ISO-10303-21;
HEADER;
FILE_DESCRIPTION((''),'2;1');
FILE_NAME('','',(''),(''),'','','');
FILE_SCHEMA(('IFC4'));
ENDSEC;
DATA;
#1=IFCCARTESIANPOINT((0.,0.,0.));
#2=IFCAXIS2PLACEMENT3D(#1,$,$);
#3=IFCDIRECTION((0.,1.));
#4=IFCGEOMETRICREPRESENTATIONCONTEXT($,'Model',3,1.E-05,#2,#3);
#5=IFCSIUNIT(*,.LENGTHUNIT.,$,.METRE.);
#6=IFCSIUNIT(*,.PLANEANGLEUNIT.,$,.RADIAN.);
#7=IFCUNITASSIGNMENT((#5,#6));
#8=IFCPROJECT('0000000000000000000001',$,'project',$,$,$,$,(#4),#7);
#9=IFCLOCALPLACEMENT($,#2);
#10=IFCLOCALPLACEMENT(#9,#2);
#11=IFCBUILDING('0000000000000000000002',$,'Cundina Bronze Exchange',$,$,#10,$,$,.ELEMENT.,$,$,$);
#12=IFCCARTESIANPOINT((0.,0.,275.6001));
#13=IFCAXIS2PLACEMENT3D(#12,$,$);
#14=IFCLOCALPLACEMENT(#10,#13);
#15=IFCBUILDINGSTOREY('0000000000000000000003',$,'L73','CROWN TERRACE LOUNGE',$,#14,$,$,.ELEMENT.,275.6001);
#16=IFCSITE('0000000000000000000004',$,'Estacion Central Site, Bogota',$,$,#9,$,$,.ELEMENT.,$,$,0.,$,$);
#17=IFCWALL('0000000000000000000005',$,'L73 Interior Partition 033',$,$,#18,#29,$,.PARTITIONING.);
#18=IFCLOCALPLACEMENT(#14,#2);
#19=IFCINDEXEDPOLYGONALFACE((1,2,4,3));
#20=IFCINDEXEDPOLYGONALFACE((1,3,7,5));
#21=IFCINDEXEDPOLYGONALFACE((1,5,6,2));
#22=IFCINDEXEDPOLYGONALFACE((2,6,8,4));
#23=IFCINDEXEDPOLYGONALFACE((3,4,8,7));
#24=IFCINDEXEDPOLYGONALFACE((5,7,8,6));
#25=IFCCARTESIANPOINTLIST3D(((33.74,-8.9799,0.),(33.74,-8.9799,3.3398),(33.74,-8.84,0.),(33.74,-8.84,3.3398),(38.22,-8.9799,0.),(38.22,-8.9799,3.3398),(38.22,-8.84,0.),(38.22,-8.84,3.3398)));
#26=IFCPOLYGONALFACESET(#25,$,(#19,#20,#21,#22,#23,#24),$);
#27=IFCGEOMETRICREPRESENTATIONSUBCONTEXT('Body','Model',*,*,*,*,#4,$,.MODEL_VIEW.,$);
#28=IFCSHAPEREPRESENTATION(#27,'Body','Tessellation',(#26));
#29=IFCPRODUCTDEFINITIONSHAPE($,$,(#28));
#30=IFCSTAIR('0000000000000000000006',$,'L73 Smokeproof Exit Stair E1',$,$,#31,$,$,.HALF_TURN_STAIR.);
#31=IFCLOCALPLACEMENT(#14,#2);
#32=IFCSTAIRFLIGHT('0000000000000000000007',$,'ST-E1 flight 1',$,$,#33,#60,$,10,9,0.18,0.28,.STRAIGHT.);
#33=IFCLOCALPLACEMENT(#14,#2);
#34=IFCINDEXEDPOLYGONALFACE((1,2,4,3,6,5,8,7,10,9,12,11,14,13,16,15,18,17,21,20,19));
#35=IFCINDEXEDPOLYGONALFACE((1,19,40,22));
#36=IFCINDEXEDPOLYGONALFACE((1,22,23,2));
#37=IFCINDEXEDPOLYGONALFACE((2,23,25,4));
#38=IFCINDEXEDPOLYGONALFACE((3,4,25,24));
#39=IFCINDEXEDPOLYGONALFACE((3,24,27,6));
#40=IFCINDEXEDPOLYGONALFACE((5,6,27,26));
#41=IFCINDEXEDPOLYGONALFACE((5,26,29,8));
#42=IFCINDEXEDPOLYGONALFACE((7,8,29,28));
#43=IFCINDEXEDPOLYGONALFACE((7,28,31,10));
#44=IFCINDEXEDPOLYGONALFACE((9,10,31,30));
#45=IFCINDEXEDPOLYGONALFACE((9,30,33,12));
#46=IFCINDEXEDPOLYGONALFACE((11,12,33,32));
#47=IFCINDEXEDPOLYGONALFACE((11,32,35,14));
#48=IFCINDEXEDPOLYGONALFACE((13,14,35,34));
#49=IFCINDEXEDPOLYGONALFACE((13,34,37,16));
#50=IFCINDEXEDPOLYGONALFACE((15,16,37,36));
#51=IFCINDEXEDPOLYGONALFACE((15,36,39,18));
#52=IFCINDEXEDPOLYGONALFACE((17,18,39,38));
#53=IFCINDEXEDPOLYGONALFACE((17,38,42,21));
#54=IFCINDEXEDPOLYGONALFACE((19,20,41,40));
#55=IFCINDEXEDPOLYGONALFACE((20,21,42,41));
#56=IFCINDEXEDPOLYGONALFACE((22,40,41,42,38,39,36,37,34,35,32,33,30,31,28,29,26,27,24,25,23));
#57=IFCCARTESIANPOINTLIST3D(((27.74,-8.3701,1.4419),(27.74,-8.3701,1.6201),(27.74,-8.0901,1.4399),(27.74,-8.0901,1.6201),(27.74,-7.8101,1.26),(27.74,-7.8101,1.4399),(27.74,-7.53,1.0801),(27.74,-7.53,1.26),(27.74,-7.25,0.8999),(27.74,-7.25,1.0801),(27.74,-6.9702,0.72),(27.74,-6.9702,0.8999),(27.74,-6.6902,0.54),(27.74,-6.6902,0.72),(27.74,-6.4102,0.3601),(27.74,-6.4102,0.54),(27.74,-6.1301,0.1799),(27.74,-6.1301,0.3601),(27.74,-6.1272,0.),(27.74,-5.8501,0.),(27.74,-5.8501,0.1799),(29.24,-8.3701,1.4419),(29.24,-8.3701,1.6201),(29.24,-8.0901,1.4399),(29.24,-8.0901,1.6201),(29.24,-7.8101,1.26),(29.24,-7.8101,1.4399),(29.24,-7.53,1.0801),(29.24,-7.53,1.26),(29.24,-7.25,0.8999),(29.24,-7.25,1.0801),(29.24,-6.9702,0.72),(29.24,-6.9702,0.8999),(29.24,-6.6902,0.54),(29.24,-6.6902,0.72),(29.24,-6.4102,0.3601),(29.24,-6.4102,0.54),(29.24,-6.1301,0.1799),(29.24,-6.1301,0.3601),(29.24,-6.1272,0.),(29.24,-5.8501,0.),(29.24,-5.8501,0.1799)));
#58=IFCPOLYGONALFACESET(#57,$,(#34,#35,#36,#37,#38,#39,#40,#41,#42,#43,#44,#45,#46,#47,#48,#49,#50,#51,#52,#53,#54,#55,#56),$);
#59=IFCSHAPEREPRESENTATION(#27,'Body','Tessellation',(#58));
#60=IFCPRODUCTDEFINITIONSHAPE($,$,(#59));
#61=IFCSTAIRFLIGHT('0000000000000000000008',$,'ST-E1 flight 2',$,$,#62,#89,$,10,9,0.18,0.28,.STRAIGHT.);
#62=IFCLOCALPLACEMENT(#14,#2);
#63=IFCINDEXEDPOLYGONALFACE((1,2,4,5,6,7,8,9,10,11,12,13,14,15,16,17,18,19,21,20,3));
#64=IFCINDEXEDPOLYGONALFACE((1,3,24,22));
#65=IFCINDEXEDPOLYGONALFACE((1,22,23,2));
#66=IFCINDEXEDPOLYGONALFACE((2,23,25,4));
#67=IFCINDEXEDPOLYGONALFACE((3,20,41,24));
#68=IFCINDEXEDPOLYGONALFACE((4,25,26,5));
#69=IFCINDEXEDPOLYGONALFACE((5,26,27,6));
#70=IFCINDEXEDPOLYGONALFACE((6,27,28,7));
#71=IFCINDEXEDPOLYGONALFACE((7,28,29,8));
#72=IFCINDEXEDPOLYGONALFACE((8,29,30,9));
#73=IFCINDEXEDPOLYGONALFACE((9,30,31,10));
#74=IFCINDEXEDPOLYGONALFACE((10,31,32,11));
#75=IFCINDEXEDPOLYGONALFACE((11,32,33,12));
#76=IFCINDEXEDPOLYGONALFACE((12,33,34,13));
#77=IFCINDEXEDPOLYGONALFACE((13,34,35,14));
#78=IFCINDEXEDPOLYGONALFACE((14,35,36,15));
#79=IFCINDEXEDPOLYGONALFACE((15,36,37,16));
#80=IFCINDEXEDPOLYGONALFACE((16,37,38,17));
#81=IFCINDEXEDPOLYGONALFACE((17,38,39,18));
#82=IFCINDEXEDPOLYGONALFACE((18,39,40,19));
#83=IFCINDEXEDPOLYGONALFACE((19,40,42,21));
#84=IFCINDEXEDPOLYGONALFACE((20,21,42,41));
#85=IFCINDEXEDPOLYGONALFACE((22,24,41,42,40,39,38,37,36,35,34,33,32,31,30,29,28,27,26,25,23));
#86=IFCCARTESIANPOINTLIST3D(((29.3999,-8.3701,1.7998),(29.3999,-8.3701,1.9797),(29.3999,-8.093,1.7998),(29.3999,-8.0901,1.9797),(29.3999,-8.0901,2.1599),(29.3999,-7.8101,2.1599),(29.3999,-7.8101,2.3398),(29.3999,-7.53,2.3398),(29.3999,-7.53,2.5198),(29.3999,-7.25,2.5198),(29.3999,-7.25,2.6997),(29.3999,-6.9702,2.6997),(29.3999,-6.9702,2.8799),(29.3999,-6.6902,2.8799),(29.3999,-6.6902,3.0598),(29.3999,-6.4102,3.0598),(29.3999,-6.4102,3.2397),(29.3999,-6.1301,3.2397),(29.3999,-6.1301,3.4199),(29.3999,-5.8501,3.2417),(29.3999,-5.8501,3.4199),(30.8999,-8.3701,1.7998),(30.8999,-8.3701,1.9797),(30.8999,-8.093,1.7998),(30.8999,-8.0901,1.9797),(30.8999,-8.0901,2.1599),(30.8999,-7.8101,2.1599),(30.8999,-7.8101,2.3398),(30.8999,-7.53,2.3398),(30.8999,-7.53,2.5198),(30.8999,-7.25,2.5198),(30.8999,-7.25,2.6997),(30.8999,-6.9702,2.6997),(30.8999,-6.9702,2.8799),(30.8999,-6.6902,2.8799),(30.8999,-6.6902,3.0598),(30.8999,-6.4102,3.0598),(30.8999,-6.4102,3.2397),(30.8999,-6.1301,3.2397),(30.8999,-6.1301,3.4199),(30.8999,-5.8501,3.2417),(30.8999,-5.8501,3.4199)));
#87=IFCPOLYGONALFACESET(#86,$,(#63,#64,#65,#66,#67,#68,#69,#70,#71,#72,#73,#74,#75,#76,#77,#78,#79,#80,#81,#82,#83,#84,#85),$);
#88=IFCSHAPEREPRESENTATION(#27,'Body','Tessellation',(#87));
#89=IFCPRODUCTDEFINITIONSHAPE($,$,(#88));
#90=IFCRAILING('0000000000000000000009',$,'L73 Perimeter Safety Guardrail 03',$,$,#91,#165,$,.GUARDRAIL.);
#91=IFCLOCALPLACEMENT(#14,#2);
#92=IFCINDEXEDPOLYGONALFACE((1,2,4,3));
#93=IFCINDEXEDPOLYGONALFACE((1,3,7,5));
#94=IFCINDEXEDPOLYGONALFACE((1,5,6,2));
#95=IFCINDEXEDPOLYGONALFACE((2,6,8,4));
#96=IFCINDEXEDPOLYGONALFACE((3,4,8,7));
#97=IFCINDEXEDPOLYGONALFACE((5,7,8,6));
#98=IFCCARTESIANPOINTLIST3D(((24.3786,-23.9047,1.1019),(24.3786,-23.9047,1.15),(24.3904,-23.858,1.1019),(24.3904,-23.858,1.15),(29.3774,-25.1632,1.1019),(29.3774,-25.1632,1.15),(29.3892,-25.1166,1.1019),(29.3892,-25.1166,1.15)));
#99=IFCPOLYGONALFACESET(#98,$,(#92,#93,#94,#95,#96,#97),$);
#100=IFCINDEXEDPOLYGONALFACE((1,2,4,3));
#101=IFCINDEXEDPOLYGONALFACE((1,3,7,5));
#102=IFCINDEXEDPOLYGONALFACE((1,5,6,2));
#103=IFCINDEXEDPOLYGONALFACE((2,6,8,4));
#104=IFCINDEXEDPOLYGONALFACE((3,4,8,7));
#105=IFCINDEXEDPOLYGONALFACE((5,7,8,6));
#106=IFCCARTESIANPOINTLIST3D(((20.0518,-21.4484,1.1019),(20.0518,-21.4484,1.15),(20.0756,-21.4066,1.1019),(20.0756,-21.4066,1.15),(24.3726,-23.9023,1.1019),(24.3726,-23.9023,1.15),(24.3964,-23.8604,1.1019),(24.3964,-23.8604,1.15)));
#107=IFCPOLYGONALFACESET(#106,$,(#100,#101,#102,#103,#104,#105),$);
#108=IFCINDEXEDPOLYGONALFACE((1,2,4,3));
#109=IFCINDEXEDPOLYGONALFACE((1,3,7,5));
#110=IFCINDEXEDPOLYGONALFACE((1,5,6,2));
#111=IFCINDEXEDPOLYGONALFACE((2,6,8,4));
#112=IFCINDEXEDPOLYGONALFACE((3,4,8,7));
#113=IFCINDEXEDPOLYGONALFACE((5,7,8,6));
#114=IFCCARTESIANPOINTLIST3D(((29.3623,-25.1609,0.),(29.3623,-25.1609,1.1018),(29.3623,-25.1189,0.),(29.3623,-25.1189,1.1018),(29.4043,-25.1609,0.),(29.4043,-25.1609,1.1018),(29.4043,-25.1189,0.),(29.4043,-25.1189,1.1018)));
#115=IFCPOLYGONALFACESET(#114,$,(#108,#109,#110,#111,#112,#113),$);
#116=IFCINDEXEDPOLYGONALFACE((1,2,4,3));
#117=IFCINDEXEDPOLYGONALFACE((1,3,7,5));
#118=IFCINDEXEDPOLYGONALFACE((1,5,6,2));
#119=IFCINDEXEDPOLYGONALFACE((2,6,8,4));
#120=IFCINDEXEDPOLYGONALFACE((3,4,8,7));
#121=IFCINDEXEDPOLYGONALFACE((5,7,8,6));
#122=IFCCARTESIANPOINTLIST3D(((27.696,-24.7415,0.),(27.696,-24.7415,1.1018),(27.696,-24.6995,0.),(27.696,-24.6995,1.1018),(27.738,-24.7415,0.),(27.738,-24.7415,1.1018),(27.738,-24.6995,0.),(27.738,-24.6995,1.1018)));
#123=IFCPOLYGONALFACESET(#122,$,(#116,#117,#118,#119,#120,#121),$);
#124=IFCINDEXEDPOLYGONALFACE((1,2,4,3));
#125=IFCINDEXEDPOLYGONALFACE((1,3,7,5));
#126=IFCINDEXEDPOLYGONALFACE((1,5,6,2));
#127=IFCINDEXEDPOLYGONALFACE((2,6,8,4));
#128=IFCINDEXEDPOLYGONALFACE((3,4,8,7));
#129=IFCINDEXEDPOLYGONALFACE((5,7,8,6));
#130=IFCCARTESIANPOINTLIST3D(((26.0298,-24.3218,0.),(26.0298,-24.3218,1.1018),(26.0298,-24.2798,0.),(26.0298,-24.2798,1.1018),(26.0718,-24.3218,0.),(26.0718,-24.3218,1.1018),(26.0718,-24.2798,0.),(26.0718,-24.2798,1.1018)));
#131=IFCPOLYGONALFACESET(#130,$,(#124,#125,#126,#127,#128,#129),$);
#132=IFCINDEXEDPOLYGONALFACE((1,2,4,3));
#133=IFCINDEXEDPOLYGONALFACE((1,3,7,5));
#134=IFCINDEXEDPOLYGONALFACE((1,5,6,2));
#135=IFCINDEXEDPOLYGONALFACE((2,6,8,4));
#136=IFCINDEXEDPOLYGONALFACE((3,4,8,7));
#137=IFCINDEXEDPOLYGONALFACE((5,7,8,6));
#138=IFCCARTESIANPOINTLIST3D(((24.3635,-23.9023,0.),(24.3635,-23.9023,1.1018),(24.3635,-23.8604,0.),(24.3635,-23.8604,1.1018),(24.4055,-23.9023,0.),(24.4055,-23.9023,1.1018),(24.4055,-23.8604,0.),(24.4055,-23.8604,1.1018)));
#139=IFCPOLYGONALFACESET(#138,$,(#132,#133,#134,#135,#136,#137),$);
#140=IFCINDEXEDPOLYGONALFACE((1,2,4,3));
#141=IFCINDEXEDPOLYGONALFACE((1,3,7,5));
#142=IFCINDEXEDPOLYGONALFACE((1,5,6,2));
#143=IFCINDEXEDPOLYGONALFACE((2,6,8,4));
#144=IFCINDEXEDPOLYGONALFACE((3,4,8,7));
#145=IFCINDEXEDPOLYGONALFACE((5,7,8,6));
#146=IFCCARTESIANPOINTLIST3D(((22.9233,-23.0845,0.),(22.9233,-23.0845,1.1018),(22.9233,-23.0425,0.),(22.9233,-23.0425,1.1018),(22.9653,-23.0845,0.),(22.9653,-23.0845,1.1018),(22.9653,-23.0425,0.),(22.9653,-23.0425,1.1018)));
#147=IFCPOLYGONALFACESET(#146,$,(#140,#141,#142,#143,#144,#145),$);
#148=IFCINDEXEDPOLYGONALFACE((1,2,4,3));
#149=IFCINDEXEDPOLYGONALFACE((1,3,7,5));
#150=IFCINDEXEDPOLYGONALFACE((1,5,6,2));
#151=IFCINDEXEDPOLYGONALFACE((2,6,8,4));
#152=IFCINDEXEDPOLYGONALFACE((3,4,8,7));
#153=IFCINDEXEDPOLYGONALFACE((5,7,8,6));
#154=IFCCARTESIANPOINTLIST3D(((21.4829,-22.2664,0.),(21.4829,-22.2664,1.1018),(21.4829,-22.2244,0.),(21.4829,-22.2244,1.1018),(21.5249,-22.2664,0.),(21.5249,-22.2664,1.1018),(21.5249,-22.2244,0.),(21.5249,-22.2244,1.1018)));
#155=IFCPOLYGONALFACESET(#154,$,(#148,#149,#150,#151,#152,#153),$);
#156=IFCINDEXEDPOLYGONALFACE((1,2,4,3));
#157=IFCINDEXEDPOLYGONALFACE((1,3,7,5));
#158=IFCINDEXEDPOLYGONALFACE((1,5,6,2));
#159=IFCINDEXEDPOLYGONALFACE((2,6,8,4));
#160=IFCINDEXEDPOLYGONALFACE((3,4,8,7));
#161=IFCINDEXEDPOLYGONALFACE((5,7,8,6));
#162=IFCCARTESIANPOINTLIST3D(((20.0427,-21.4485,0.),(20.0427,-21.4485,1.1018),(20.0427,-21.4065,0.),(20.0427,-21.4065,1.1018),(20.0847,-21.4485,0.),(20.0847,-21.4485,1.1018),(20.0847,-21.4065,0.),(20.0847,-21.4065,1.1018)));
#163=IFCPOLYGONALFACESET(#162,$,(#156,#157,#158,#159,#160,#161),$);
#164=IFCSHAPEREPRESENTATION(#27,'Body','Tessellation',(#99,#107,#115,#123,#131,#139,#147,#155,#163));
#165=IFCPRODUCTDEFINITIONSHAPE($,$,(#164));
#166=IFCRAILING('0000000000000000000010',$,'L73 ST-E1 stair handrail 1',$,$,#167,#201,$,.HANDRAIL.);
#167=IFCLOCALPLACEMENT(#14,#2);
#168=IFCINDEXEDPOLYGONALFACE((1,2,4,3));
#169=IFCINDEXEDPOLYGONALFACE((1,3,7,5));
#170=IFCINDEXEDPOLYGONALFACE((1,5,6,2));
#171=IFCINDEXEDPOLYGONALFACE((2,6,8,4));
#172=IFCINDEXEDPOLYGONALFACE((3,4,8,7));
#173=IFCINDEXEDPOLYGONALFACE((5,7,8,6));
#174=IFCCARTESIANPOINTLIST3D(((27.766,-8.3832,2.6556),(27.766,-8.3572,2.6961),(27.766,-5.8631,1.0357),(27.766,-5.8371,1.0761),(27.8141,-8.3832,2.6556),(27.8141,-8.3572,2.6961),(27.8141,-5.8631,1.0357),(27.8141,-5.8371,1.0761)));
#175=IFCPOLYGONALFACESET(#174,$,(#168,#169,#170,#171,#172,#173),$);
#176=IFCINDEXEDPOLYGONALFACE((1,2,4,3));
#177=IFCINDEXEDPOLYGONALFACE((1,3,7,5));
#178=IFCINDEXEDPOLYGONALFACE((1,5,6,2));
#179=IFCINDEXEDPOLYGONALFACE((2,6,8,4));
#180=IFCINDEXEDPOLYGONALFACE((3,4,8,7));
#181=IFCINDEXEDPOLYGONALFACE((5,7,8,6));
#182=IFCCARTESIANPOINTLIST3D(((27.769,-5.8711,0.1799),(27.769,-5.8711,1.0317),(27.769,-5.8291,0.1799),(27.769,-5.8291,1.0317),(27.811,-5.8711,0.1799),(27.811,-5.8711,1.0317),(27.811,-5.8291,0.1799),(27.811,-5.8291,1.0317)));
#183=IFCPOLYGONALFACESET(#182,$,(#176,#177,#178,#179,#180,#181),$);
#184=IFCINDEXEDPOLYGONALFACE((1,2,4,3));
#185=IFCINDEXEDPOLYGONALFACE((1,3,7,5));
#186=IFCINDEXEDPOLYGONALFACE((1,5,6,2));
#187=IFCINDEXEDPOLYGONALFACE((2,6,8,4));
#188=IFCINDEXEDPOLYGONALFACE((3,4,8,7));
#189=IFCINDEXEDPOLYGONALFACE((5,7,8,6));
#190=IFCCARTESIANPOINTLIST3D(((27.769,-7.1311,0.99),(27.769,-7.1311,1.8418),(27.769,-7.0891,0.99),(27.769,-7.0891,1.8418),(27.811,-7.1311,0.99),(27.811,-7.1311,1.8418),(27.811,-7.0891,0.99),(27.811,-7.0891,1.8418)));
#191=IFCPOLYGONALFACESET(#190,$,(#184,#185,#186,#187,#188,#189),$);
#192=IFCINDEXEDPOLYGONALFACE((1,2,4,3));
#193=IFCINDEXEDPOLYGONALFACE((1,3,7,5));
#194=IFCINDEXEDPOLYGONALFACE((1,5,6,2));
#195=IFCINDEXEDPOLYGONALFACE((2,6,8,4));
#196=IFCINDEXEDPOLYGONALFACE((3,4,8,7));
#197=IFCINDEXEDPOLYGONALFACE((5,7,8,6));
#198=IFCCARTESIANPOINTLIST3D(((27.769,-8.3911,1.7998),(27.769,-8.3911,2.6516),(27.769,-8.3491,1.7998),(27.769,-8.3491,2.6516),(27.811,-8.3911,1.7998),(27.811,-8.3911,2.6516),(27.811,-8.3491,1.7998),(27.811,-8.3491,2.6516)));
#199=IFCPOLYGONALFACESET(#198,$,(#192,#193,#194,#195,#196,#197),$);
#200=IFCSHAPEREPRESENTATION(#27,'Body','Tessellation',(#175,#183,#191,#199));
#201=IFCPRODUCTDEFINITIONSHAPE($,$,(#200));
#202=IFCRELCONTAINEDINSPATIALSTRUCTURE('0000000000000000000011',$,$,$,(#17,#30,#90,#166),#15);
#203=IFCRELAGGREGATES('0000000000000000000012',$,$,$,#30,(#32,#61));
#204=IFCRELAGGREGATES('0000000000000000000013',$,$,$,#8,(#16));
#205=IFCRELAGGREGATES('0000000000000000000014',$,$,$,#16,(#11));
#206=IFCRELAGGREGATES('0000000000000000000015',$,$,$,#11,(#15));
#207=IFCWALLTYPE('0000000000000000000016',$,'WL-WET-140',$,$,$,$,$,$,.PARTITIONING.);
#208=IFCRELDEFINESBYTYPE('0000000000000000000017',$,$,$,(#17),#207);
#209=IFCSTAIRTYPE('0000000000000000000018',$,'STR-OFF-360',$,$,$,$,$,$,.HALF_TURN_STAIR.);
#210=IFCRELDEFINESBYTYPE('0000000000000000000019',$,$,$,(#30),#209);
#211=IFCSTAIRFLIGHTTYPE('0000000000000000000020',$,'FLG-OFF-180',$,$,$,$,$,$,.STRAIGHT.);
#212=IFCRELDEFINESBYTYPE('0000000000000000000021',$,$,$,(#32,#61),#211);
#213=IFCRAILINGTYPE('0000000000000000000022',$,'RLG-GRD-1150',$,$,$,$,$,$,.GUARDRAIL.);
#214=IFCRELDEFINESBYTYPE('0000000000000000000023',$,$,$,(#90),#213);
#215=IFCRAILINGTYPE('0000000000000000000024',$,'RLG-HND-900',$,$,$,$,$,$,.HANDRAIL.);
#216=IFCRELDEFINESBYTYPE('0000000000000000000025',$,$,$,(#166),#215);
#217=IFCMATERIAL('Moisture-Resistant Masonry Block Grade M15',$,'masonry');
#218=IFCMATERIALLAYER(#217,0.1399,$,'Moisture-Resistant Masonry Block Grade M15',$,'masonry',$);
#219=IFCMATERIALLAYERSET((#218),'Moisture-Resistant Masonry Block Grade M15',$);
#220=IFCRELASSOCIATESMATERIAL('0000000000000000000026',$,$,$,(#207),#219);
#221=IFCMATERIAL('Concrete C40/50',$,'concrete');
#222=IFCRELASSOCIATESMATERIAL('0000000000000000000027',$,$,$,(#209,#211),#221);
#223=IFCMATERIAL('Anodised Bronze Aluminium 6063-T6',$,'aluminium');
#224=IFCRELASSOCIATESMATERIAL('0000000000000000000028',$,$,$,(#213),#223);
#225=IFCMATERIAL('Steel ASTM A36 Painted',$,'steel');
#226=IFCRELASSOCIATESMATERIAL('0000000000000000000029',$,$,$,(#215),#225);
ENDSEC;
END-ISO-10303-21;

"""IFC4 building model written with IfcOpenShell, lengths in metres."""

from ifc_helpers import new_model, si_unit, direction, frame, frame_2d, origin, origin_2d, place, context, subcontext, project, spatial, polyline, rectangle, outline, extrude, material, layer, layer_set, type_object, element, aggregate, save


model = new_model("IFC4")

# Units and contexts
model_context = context("Model", 3, precision=1e-05, world=origin(), true_north=direction((0.0, 1.0)))
body_context = subcontext(model_context, "Body", "Model", "MODEL_VIEW")
ifc_project = project(units=[si_unit("LENGTHUNIT", "METRE"), si_unit("PLANEANGLEUNIT", "RADIAN")], contexts=[model_context])

# Site, building, storey
site_placement = place(None, origin())
site = spatial("IfcSite", under=ifc_project, at=site_placement, Name="Estacion Central Site, Bogota", CompositionType="ELEMENT", RefElevation=0.0)
building_placement = place(site_placement, origin())
building = spatial("IfcBuilding", under=site, at=building_placement, Name="Cundina Bronze Exchange", CompositionType="ELEMENT")
storey_placement = place(building_placement, frame((0.0, 0.0, 275.6001)))
storey = spatial("IfcBuildingStorey", under=building, at=storey_placement, Name="L73", Description="CROWN TERRACE LOUNGE", CompositionType="ELEMENT", Elevation=275.6001)

# Shared definitions
ifc_material_1 = material(Name="Anodised Bronze Aluminium 6063-T6", Category="aluminium")

# Shared definitions
ifc_material_2 = material(Name="Steel ASTM A36 Painted", Category="steel")

# Wall
ifc_material_3 = material(Name="Moisture-Resistant Masonry Block Grade M15", Category="masonry")
ifc_layer_1 = layer(ifc_material_3, 0.1399, Name="Moisture-Resistant Masonry Block Grade M15", Category="masonry")
ifc_layer_set_1 = layer_set([ifc_layer_1], Name="Moisture-Resistant Masonry Block Grade M15")
wall_type_1 = type_object("IfcWallType", Name="WL-WET-140", PredefinedType="PARTITIONING", material=ifc_layer_set_1)
wall_1_placement = place(storey_placement, frame((33.74, -8.9099, 0.0), z_axis=(0.0, 0.0, 1.0), x_axis=(1.0, 0.0, 0.0)))
element("IfcWall", 1, at=wall_1_placement, inside=storey, type_object=wall_type_1, Name="L73 Interior Partition 033", PredefinedType="PARTITIONING", context=body_context, shape_type="SweptSolid", body=[
    extrude(rectangle(XDim=4.48, YDim=0.1399, at=frame_2d((2.24, 0.0))), origin(), (0.0, 0.0, 1.0), 3.3398),
])

# Stair, stair flights
ifc_material_4 = material(Name="Concrete C40/50", Category="concrete")
stair_type = type_object("IfcStairType", Name="STR-OFF-360", PredefinedType="HALF_TURN_STAIR", material=ifc_material_4)
stair_placement = place(storey_placement, origin())
stair = element("IfcStair", 2, at=stair_placement, inside=storey, type_object=stair_type, Name="L73 Smokeproof Exit Stair E1", PredefinedType="HALF_TURN_STAIR")
stair_flight_type = type_object("IfcStairFlightType", Name="FLG-OFF-180", PredefinedType="STRAIGHT", material=ifc_material_4)
stair_flight_1_placement = place(storey_placement, frame((28.49, -5.8501, 0.0), z_axis=(0.0, 0.0, 1.0), x_axis=(0.0, -1.0, 0.0)))
stair_flight_1 = element("IfcStairFlight", 3, at=stair_flight_1_placement, type_object=stair_flight_type, Name="ST-E1 flight 1", NumberOfRisers=10, NumberOfTreads=9, PredefinedType="STRAIGHT", RiserHeight=0.18, TreadLength=0.28, context=body_context, shape_type="SweptSolid", body=[
    extrude(outline(polyline([(0.0, 0.0), (0.0, 0.1799), (0.28, 0.1799), (0.28, 0.3601), (0.5601, 0.3601), (0.5601, 0.54), (0.8401, 0.54), (0.8401, 0.72), (1.1201, 0.72), (1.1201, 0.8999), (1.3999, 0.8999), (1.3999, 1.0801), (1.6799, 1.0801), (1.6799, 1.26), (1.96, 1.26), (1.96, 1.4399), (2.24, 1.4399), (2.24, 1.6201), (2.52, 1.6201), (2.52, 1.8), (2.52, 1.4419), (0.2771, 0.0), (0.0, 0.0)])), frame((0.0, 0.75, 0.0), z_axis=(0.0, -1.0, 0.0), x_axis=(1.0, 0.0, 0.0)), (0.0, 0.0, 1.0), 1.5),
])
stair_flight_2_placement = place(storey_placement, frame((30.1499, -8.3701, 1.7998), z_axis=(0.0, 0.0, 1.0), x_axis=(0.0, 1.0, 0.0)))
stair_flight_2 = element("IfcStairFlight", 4, at=stair_flight_2_placement, type_object=stair_flight_type, Name="ST-E1 flight 2", NumberOfRisers=10, NumberOfTreads=9, PredefinedType="STRAIGHT", RiserHeight=0.18, TreadLength=0.28, context=body_context, shape_type="SweptSolid", body=[
    extrude(outline(polyline([(0.0, 0.0), (0.0, 0.1799), (0.28, 0.1799), (0.28, 0.3601), (0.5601, 0.3601), (0.5601, 0.54), (0.8401, 0.54), (0.8401, 0.72), (1.1201, 0.72), (1.1201, 0.8999), (1.3999, 0.8999), (1.3999, 1.0801), (1.6799, 1.0801), (1.6799, 1.26), (1.96, 1.26), (1.96, 1.4399), (2.24, 1.4399), (2.24, 1.6201), (2.52, 1.6201), (2.52, 1.8), (2.52, 1.4419), (0.2771, 0.0), (0.0, 0.0)])), frame((0.0, 0.75, 0.0), z_axis=(0.0, -1.0, 0.0), x_axis=(1.0, 0.0, 0.0)), (0.0, 0.0, 1.0), 1.5),
])
aggregate(stair, [stair_flight_1, stair_flight_2])

# Railings
railing_type_1 = type_object("IfcRailingType", Name="RLG-GRD-1150", PredefinedType="GUARDRAIL", material=ifc_material_1)
railing_1_placement = place(storey_placement, frame((29.3833, -25.1399, 0.0)))
element("IfcRailing", 5, at=railing_1_placement, inside=storey, type_object=railing_type_1, Name="L73 Perimeter Safety Guardrail 03", PredefinedType="GUARDRAIL", context=body_context, shape_type="SweptSolid", body=[
    extrude(rectangle(XDim=0.0481, YDim=0.0481, at=origin_2d()), frame((0.0, 0.0, 1.126), z_axis=(-0.969737, 0.244151, 0.0), x_axis=(-0.244151, -0.969737, 0.0)), (0.0, 0.0, 1.0), 5.1548),
    extrude(rectangle(XDim=0.0481, YDim=0.0481, at=origin_2d()), frame((-4.9988, 1.2585, 1.126), z_axis=(-0.869555, 0.493836, 0.0), x_axis=(-0.493836, -0.869555, 0.0)), (0.0, 0.0, 1.0), 4.969),
    extrude(rectangle(XDim=0.042, YDim=0.042, at=origin_2d()), origin(), (0.0, 0.0, 1.0), 1.1018),
    extrude(rectangle(XDim=0.042, YDim=0.042, at=origin_2d()), frame((-1.6663, 0.4194, 0.0)), (0.0, 0.0, 1.0), 1.1018),
    extrude(rectangle(XDim=0.042, YDim=0.042, at=origin_2d()), frame((-3.3325, 0.8391, 0.0)), (0.0, 0.0, 1.0), 1.1018),
    extrude(rectangle(XDim=0.042, YDim=0.042, at=origin_2d()), frame((-4.9988, 1.2585, 0.0)), (0.0, 0.0, 1.0), 1.1018),
    extrude(rectangle(XDim=0.042, YDim=0.042, at=origin_2d()), frame((-6.439, 2.0764, 0.0)), (0.0, 0.0, 1.0), 1.1018),
    extrude(rectangle(XDim=0.042, YDim=0.042, at=origin_2d()), frame((-7.8794, 2.8945, 0.0)), (0.0, 0.0, 1.0), 1.1018),
    extrude(rectangle(XDim=0.042, YDim=0.042, at=origin_2d()), frame((-9.3196, 3.7124, 0.0)), (0.0, 0.0, 1.0), 1.1018),
])
railing_type_2 = type_object("IfcRailingType", Name="RLG-HND-900", PredefinedType="HANDRAIL", material=ifc_material_2)
railing_2_placement = place(storey_placement, frame((27.79, -5.8501, 0.1799)))
element("IfcRailing", 6, at=railing_2_placement, inside=storey, type_object=railing_type_2, Name="L73 ST-E1 stair handrail 1", PredefinedType="HANDRAIL", context=body_context, shape_type="SweptSolid", body=[
    extrude(rectangle(XDim=0.0481, YDim=0.0481, at=origin_2d()), frame((0.0, 0.0, 0.876), z_axis=(0.0, -0.8412, 0.540725), x_axis=(1.0, 0.0, 0.0)), (0.0, 0.0, 1.0), 2.9958),
    extrude(rectangle(XDim=0.042, YDim=0.042, at=origin_2d()), origin(), (0.0, 0.0, 1.0), 0.8518),
    extrude(rectangle(XDim=0.042, YDim=0.042, at=origin_2d()), frame((0.0, -1.26, 0.8101)), (0.0, 0.0, 1.0), 0.8518),
    extrude(rectangle(XDim=0.042, YDim=0.042, at=origin_2d()), frame((0.0, -2.52, 1.6199)), (0.0, 0.0, 1.0), 0.8518),
])

save(model, "model.ifc")
